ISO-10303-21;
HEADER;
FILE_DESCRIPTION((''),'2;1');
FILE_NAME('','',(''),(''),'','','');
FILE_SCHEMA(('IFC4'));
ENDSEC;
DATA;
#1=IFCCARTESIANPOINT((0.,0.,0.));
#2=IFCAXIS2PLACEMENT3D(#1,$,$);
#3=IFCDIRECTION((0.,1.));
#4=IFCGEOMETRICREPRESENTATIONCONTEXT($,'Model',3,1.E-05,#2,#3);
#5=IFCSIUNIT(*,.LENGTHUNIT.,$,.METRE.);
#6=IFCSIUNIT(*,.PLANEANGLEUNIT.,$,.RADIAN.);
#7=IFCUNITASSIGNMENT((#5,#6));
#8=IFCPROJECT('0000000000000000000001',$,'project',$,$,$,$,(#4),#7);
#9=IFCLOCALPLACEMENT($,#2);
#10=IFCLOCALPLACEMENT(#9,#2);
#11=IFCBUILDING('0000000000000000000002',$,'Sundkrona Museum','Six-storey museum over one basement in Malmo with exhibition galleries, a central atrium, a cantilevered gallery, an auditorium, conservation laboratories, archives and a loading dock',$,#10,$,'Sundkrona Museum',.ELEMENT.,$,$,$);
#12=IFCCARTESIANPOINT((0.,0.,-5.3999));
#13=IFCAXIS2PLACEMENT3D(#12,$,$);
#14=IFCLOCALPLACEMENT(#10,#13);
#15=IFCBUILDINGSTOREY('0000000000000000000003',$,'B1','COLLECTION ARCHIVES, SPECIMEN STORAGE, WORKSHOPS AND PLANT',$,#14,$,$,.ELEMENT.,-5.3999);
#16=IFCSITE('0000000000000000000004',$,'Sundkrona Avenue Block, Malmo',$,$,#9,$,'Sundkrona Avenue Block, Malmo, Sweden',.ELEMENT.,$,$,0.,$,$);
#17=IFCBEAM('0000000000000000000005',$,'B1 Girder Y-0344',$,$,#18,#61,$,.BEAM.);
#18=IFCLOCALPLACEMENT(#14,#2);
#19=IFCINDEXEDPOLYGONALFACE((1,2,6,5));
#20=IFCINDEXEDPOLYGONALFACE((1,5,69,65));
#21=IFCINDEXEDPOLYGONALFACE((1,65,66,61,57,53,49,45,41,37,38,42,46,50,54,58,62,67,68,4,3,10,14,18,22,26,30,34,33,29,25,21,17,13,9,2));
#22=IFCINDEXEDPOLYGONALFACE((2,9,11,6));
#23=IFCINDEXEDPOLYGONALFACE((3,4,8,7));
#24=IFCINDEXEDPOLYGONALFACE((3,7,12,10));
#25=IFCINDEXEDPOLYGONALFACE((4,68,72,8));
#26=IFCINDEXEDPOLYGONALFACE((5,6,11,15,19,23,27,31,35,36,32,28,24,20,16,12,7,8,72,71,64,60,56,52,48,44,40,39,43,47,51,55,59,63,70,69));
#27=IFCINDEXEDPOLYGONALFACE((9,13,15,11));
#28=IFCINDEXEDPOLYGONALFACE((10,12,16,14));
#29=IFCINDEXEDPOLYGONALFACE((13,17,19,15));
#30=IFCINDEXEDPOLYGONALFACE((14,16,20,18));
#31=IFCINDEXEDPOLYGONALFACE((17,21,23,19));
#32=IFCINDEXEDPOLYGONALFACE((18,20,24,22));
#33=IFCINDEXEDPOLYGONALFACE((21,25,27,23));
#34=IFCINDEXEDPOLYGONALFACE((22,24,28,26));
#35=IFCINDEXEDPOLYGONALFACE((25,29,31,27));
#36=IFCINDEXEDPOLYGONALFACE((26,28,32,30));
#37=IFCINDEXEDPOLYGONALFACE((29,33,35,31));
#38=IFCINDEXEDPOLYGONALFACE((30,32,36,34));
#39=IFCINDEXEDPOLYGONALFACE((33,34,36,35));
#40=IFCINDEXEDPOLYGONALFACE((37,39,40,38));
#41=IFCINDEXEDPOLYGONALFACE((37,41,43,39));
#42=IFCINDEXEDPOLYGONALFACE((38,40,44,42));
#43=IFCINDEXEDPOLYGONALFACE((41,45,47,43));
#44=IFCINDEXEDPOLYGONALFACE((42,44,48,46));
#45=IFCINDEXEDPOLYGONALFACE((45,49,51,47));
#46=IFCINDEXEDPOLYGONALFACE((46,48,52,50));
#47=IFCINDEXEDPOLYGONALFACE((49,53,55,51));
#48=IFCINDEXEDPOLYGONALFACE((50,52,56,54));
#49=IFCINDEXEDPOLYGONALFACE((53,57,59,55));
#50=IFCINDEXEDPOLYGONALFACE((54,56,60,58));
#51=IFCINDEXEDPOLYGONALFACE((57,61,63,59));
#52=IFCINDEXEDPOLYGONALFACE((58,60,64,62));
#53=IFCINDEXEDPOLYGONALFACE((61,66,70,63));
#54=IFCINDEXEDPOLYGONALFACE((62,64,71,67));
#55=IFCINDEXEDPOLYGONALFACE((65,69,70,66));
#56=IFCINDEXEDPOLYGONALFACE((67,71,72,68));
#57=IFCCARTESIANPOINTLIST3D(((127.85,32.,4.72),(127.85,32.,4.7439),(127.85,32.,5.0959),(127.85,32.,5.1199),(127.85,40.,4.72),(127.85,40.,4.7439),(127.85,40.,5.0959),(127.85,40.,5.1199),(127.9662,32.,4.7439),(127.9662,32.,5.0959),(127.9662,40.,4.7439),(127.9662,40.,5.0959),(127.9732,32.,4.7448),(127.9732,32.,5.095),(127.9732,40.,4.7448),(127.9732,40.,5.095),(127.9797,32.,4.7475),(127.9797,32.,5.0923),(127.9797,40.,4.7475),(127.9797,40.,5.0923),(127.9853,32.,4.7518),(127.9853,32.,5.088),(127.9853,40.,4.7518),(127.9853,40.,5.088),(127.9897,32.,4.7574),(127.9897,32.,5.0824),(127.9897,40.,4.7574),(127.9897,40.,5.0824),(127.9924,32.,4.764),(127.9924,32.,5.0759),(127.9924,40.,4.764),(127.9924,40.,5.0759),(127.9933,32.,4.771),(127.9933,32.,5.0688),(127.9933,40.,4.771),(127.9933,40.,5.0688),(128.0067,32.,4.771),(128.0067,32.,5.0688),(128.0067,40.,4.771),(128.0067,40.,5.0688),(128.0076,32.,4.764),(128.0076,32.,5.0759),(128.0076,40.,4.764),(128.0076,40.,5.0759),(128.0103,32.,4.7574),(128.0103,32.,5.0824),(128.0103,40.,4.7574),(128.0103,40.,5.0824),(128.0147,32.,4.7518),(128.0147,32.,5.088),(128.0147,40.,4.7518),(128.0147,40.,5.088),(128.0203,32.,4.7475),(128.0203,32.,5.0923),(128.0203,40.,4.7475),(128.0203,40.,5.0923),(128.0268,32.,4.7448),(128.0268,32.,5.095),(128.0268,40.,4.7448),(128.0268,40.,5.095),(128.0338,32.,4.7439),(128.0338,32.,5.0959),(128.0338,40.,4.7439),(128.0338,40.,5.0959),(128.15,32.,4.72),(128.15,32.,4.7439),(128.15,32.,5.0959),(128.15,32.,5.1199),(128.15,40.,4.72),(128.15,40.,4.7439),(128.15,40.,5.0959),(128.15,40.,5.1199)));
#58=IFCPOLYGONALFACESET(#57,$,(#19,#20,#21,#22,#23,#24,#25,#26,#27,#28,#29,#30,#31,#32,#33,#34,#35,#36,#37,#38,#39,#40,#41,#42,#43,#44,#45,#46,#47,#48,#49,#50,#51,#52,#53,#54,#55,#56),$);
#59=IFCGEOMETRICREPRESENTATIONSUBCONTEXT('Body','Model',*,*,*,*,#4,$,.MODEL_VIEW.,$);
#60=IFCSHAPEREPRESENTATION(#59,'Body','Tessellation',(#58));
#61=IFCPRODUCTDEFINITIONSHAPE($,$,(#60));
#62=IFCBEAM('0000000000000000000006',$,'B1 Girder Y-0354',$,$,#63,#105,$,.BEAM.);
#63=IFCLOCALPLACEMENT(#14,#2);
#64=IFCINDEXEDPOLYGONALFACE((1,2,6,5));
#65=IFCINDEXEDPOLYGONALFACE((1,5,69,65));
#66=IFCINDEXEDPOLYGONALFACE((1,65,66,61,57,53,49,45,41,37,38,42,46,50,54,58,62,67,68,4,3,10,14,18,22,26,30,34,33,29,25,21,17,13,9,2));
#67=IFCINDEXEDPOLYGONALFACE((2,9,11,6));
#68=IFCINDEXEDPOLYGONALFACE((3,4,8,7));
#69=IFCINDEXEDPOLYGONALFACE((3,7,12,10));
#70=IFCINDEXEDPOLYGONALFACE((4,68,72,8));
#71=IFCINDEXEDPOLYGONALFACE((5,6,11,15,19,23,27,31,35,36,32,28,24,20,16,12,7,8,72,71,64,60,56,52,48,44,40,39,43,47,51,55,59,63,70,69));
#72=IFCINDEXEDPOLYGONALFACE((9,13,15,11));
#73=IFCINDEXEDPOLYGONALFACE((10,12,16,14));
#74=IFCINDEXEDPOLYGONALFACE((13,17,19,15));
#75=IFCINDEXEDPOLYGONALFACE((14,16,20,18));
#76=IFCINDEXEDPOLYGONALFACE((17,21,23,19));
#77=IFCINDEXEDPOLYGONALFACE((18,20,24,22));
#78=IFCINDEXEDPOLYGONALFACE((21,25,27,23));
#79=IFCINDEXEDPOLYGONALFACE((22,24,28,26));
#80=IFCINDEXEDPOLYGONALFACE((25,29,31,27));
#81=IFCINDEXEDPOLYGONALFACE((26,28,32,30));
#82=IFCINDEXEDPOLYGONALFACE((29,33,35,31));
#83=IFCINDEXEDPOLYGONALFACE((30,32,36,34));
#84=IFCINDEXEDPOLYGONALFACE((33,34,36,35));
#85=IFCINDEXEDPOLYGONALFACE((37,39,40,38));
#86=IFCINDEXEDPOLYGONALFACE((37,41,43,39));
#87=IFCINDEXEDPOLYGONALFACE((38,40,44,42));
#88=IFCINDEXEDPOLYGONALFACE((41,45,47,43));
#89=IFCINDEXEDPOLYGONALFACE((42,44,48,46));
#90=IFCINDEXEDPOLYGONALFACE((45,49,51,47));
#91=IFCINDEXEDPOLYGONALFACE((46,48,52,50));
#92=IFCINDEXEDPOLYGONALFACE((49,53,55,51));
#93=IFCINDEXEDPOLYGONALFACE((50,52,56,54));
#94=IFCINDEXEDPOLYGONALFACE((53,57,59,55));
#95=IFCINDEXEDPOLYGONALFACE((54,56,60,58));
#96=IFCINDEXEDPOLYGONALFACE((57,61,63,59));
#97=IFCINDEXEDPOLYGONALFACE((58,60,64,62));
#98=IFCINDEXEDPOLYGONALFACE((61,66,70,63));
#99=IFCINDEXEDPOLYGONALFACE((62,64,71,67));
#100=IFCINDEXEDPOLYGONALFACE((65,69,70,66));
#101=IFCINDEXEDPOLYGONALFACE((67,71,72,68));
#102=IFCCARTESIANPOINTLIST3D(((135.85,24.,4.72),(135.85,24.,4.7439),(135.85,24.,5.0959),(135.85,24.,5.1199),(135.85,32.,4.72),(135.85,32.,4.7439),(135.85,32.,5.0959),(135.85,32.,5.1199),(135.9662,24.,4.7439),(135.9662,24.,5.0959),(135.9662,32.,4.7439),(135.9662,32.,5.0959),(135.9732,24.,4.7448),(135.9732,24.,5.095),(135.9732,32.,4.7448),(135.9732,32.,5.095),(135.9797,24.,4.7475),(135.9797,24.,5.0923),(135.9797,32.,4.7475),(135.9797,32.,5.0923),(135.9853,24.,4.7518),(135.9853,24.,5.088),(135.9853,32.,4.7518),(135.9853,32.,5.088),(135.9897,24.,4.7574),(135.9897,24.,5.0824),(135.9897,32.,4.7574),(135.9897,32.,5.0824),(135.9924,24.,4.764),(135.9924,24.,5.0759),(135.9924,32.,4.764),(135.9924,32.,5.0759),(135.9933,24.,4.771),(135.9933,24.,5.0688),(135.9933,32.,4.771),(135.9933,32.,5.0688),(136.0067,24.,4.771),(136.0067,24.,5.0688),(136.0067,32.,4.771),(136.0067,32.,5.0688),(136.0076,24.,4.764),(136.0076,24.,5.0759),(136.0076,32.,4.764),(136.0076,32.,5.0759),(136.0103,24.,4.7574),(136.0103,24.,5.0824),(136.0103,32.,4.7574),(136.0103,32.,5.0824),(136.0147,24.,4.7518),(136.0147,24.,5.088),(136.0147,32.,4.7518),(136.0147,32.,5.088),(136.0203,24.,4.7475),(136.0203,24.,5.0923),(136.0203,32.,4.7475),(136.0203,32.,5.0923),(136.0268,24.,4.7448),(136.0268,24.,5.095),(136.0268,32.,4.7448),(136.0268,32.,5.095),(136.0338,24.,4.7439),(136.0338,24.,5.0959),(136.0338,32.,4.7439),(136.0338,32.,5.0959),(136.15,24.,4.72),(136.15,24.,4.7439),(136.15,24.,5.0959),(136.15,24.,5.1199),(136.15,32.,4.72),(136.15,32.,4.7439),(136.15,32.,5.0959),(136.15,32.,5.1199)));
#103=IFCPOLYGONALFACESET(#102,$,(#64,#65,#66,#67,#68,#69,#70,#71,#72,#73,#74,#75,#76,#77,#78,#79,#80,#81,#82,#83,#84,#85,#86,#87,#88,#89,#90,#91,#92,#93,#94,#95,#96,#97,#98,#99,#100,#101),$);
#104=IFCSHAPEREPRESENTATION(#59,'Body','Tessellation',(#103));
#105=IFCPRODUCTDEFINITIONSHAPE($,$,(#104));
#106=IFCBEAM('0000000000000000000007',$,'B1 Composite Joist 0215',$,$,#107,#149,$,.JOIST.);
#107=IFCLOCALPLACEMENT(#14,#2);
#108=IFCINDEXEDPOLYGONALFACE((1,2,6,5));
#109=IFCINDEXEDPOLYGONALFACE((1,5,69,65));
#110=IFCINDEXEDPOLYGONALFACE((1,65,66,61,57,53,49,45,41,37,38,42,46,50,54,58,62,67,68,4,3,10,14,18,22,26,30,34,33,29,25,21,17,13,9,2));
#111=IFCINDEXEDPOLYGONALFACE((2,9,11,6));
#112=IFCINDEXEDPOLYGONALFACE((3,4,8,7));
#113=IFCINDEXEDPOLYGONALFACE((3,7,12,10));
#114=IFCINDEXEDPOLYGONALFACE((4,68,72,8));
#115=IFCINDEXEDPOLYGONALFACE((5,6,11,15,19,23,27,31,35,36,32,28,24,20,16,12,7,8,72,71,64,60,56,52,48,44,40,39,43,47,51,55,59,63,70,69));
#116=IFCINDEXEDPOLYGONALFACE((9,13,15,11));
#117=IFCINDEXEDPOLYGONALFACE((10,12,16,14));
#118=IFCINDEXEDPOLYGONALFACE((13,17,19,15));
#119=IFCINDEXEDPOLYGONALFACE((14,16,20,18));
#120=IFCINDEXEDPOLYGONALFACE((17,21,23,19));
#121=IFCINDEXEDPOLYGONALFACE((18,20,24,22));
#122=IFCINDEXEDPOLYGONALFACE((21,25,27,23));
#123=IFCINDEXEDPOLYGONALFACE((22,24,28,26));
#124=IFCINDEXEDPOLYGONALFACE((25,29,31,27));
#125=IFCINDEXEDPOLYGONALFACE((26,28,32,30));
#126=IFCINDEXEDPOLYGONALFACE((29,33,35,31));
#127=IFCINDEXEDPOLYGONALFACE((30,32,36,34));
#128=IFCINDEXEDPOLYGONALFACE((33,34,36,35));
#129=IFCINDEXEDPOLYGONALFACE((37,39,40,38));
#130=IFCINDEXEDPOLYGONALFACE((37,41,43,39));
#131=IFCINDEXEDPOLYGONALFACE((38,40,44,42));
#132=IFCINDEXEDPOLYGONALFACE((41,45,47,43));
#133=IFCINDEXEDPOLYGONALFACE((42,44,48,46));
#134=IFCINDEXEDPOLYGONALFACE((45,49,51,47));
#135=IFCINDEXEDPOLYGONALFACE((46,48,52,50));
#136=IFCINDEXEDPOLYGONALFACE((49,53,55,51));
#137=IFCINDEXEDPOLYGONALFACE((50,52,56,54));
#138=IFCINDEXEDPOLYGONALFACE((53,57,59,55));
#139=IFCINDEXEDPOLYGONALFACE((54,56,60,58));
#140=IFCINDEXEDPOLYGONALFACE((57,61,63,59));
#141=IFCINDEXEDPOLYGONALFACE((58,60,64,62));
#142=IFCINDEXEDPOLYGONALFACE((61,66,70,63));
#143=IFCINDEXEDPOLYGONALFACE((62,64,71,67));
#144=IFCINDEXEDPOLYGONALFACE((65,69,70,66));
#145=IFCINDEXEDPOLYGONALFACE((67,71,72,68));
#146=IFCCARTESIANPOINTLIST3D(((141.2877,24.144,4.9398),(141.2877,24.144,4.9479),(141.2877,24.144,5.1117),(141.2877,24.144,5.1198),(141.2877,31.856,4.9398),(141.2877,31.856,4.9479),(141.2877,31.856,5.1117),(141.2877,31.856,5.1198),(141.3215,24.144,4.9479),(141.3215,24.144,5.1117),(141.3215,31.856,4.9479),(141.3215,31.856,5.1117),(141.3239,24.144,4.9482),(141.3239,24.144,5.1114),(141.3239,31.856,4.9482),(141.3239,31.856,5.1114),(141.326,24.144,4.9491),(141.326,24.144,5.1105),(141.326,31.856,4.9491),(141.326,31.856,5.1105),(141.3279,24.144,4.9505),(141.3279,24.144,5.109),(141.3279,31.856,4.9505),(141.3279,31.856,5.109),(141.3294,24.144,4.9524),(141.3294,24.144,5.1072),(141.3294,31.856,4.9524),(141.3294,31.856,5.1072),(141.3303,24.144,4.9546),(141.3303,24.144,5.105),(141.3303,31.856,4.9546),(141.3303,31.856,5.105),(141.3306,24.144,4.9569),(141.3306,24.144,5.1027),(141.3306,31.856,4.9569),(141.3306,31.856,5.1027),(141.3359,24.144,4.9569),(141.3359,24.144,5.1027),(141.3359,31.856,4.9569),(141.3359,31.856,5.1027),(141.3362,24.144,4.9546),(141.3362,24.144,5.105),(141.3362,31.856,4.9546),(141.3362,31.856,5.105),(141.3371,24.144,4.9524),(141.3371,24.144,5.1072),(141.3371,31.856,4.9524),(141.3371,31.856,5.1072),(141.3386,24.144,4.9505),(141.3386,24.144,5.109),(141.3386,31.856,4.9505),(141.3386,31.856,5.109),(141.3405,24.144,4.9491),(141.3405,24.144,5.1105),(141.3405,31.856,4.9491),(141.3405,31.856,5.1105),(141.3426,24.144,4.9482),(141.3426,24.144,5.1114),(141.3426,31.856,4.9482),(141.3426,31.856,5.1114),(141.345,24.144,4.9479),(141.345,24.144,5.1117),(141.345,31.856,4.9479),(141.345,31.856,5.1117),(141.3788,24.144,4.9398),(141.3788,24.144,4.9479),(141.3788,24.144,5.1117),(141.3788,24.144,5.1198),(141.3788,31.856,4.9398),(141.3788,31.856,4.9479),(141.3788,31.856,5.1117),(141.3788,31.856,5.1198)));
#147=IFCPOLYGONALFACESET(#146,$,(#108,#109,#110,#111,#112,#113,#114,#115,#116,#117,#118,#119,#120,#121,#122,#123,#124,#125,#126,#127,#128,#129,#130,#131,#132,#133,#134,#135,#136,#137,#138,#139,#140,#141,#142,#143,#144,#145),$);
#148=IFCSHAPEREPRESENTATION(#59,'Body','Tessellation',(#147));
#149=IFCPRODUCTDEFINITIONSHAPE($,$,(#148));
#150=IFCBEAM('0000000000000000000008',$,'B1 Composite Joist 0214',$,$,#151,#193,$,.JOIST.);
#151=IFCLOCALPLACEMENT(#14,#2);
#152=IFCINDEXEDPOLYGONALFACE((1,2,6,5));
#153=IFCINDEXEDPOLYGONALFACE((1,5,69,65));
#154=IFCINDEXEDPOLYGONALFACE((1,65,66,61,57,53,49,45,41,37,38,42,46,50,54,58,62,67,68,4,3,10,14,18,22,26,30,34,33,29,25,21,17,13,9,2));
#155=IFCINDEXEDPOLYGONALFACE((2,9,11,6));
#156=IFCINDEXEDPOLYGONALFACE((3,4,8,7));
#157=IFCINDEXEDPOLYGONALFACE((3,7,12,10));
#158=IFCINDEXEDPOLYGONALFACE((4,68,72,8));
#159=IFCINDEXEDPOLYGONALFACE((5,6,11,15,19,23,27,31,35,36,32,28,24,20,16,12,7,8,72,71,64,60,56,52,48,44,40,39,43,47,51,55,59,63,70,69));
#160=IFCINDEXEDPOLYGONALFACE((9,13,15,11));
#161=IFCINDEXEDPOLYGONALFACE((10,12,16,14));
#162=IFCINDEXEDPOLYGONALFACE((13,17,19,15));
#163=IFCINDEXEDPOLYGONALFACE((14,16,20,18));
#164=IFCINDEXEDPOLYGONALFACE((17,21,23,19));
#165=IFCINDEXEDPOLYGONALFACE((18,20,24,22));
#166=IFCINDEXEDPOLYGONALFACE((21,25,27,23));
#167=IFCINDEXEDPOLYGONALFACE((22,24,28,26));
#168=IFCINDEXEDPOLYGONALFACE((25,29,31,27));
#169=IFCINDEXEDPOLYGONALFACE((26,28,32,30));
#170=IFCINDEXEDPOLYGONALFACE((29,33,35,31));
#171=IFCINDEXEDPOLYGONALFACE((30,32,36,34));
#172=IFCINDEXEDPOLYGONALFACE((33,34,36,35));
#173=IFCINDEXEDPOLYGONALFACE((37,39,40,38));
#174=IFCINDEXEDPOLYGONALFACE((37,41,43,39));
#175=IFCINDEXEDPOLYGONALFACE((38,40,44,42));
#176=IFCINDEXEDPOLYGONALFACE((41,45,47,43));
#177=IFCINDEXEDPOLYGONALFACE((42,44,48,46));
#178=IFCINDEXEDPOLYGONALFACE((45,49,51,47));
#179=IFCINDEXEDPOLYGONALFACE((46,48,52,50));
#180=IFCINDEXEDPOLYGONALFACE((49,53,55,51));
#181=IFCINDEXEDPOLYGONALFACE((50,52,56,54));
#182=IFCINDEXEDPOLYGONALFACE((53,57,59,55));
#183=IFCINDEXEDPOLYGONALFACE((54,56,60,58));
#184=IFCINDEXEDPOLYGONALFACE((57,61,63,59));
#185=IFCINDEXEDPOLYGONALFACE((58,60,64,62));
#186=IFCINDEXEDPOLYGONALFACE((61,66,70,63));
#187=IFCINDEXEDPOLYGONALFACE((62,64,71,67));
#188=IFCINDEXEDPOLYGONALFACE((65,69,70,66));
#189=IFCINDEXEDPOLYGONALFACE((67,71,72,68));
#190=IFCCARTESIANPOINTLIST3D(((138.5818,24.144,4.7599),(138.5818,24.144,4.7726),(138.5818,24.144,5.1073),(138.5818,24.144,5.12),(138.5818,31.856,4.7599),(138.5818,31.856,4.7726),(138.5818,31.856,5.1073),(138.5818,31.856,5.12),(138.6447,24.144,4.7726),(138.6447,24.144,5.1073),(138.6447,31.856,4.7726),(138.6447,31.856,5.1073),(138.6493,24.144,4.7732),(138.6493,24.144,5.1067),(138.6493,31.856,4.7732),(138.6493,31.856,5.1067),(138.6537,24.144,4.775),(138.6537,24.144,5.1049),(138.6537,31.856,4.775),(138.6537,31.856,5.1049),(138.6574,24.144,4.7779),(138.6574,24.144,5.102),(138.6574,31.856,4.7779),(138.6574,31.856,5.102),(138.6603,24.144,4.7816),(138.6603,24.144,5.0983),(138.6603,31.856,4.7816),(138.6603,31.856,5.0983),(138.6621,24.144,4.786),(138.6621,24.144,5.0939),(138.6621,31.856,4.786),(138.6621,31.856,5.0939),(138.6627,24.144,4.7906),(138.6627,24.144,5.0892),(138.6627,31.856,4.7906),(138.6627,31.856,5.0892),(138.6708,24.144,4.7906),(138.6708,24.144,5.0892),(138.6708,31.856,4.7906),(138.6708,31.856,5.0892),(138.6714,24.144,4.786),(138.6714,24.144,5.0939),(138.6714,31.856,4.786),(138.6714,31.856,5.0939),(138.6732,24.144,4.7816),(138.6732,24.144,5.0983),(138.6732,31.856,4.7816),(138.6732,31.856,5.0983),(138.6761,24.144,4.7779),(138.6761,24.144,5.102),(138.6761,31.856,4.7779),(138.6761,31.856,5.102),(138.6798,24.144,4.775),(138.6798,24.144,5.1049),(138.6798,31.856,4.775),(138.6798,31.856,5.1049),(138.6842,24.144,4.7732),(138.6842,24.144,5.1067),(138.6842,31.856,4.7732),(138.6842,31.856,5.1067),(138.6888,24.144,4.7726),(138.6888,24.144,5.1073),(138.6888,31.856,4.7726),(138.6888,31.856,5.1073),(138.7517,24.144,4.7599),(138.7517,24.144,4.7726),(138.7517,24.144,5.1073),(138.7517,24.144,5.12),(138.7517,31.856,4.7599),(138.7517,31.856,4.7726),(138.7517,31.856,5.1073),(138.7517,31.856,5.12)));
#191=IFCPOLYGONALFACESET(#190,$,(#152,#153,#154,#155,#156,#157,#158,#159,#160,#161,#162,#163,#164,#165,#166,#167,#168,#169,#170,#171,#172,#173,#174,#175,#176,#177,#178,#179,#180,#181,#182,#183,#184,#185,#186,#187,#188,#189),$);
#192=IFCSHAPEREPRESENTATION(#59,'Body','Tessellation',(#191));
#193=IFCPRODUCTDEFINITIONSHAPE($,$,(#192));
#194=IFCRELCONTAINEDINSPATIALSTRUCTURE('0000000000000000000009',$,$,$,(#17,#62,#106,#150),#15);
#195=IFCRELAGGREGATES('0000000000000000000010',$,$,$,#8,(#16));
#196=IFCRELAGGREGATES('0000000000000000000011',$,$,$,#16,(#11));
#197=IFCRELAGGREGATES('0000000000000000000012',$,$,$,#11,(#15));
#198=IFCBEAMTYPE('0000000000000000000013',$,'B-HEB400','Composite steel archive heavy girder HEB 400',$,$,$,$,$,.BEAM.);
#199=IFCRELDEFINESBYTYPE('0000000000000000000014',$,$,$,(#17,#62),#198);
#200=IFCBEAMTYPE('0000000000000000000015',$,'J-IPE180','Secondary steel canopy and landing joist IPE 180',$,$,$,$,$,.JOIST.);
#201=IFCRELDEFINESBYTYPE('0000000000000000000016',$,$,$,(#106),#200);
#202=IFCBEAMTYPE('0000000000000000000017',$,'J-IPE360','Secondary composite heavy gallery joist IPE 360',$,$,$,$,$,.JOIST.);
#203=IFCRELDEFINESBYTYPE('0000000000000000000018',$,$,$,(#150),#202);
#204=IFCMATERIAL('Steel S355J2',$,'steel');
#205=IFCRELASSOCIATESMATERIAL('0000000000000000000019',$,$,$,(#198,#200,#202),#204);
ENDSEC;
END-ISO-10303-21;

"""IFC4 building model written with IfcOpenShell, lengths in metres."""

from ifc_helpers import new_model, si_unit, direction, frame, origin, origin_2d, place, context, subcontext, project, spatial, i_section, extrude, material, material_profile, profile_set, type_object, element, save


model = new_model("IFC4")

# Units and contexts
model_context = context("Model", 3, precision=1e-05, world=origin(), true_north=direction((0.0, 1.0)))
body_context = subcontext(model_context, "Body", "Model", "MODEL_VIEW")
ifc_project = project(units=[si_unit("LENGTHUNIT", "METRE"), si_unit("PLANEANGLEUNIT", "RADIAN")], contexts=[model_context])

# Site, building, storey
site_placement = place(None, origin())
site = spatial("IfcSite", under=ifc_project, at=site_placement, Name="Sundkrona Avenue Block, Malmo", LongName="Sundkrona Avenue Block, Malmo, Sweden", CompositionType="ELEMENT", RefElevation=0.0)
building_placement = place(site_placement, origin())
building = spatial("IfcBuilding", under=site, at=building_placement, Name="Sundkrona Museum", Description="Six-storey museum over one basement in Malmo with exhibition galleries, a central atrium, a cantilevered gallery, an auditorium, conservation laboratories, archives and a loading dock", LongName="Sundkrona Museum", CompositionType="ELEMENT")
storey_placement = place(building_placement, frame((0.0, 0.0, -5.3999)))
storey = spatial("IfcBuildingStorey", under=building, at=storey_placement, Name="B1", Description="COLLECTION ARCHIVES, SPECIMEN STORAGE, WORKSHOPS AND PLANT", CompositionType="ELEMENT", Elevation=-5.3999)

# Shared definitions
ifc_material_1 = material(Name="Steel S355J2", Category="steel")

# Beams
ifc_material_profile_1 = material_profile(ifc_material_1, i_section(OverallWidth=0.3, OverallDepth=0.3999, WebThickness=0.0134, FlangeThickness=0.0239, FilletRadius=0.0271, at=origin_2d()), Name="HEB 400")
ifc_profile_set_1 = profile_set([ifc_material_profile_1], Name="Steel S355J2")
beam_type_1 = type_object("IfcBeamType", Name="B-HEB400", Description="Composite steel archive heavy girder HEB 400", PredefinedType="BEAM", material=ifc_profile_set_1)
for number, where, z_axis, x_axis, name in (
    (1, (128.0, 32.0, 4.9199), (0.0, 1.0, 0.0), (-1.0, 0.0, 0.0), "B1 Girder Y-0344"),
    (2, (136.0, 24.0, 4.9199), (0.0, 1.0, 0.0), (-1.0, 0.0, 0.0), "B1 Girder Y-0354"),
):
    element("IfcBeam", number, at=place(storey_placement, frame(where, z_axis=z_axis, x_axis=x_axis)), inside=storey, type_object=beam_type_1, Name=name, PredefinedType="BEAM", context=body_context, shape_type="SweptSolid", body=[
        extrude(i_section(OverallWidth=0.3, OverallDepth=0.3999, WebThickness=0.0134, FlangeThickness=0.0239, FilletRadius=0.0271, at=origin_2d()), origin(), (0.0, 0.0, 1.0), 8.0),
    ])
ifc_material_profile_2 = material_profile(ifc_material_1, i_section(OverallWidth=0.0911, OverallDepth=0.1799, WebThickness=0.0054, FlangeThickness=0.0081, FilletRadius=0.009, at=origin_2d()), Name="IPE 180")
ifc_profile_set_2 = profile_set([ifc_material_profile_2], Name="Steel S355J2")
beam_type_2 = type_object("IfcBeamType", Name="J-IPE180", Description="Secondary steel canopy and landing joist IPE 180", PredefinedType="JOIST", material=ifc_profile_set_2)
beam_1_placement = place(storey_placement, frame((141.3333, 24.144, 5.0298), z_axis=(0.0, 1.0, 0.0), x_axis=(-1.0, 0.0, 0.0)))
element("IfcBeam", 3, at=beam_1_placement, inside=storey, type_object=beam_type_2, Name="B1 Composite Joist 0215", PredefinedType="JOIST", context=body_context, shape_type="SweptSolid", body=[
    extrude(i_section(OverallWidth=0.0911, OverallDepth=0.1799, WebThickness=0.0054, FlangeThickness=0.0081, FilletRadius=0.009, at=origin_2d()), origin(), (0.0, 0.0, 1.0), 7.7119),
])
ifc_material_profile_3 = material_profile(ifc_material_1, i_section(OverallWidth=0.1699, OverallDepth=0.3601, WebThickness=0.0081, FlangeThickness=0.0127, FilletRadius=0.0181, at=origin_2d()), Name="IPE 360")
ifc_profile_set_3 = profile_set([ifc_material_profile_3], Name="Steel S355J2")
beam_type_3 = type_object("IfcBeamType", Name="J-IPE360", Description="Secondary composite heavy gallery joist IPE 360", PredefinedType="JOIST", material=ifc_profile_set_3)
beam_2_placement = place(storey_placement, frame((138.6667, 24.144, 4.9399), z_axis=(0.0, 1.0, 0.0), x_axis=(-1.0, 0.0, 0.0)))
element("IfcBeam", 4, at=beam_2_placement, inside=storey, type_object=beam_type_3, Name="B1 Composite Joist 0214", PredefinedType="JOIST", context=body_context, shape_type="SweptSolid", body=[
    extrude(i_section(OverallWidth=0.1699, OverallDepth=0.3601, WebThickness=0.0081, FlangeThickness=0.0127, FilletRadius=0.0181, at=origin_2d()), origin(), (0.0, 0.0, 1.0), 7.7119),
])

save(model, "model.ifc")
